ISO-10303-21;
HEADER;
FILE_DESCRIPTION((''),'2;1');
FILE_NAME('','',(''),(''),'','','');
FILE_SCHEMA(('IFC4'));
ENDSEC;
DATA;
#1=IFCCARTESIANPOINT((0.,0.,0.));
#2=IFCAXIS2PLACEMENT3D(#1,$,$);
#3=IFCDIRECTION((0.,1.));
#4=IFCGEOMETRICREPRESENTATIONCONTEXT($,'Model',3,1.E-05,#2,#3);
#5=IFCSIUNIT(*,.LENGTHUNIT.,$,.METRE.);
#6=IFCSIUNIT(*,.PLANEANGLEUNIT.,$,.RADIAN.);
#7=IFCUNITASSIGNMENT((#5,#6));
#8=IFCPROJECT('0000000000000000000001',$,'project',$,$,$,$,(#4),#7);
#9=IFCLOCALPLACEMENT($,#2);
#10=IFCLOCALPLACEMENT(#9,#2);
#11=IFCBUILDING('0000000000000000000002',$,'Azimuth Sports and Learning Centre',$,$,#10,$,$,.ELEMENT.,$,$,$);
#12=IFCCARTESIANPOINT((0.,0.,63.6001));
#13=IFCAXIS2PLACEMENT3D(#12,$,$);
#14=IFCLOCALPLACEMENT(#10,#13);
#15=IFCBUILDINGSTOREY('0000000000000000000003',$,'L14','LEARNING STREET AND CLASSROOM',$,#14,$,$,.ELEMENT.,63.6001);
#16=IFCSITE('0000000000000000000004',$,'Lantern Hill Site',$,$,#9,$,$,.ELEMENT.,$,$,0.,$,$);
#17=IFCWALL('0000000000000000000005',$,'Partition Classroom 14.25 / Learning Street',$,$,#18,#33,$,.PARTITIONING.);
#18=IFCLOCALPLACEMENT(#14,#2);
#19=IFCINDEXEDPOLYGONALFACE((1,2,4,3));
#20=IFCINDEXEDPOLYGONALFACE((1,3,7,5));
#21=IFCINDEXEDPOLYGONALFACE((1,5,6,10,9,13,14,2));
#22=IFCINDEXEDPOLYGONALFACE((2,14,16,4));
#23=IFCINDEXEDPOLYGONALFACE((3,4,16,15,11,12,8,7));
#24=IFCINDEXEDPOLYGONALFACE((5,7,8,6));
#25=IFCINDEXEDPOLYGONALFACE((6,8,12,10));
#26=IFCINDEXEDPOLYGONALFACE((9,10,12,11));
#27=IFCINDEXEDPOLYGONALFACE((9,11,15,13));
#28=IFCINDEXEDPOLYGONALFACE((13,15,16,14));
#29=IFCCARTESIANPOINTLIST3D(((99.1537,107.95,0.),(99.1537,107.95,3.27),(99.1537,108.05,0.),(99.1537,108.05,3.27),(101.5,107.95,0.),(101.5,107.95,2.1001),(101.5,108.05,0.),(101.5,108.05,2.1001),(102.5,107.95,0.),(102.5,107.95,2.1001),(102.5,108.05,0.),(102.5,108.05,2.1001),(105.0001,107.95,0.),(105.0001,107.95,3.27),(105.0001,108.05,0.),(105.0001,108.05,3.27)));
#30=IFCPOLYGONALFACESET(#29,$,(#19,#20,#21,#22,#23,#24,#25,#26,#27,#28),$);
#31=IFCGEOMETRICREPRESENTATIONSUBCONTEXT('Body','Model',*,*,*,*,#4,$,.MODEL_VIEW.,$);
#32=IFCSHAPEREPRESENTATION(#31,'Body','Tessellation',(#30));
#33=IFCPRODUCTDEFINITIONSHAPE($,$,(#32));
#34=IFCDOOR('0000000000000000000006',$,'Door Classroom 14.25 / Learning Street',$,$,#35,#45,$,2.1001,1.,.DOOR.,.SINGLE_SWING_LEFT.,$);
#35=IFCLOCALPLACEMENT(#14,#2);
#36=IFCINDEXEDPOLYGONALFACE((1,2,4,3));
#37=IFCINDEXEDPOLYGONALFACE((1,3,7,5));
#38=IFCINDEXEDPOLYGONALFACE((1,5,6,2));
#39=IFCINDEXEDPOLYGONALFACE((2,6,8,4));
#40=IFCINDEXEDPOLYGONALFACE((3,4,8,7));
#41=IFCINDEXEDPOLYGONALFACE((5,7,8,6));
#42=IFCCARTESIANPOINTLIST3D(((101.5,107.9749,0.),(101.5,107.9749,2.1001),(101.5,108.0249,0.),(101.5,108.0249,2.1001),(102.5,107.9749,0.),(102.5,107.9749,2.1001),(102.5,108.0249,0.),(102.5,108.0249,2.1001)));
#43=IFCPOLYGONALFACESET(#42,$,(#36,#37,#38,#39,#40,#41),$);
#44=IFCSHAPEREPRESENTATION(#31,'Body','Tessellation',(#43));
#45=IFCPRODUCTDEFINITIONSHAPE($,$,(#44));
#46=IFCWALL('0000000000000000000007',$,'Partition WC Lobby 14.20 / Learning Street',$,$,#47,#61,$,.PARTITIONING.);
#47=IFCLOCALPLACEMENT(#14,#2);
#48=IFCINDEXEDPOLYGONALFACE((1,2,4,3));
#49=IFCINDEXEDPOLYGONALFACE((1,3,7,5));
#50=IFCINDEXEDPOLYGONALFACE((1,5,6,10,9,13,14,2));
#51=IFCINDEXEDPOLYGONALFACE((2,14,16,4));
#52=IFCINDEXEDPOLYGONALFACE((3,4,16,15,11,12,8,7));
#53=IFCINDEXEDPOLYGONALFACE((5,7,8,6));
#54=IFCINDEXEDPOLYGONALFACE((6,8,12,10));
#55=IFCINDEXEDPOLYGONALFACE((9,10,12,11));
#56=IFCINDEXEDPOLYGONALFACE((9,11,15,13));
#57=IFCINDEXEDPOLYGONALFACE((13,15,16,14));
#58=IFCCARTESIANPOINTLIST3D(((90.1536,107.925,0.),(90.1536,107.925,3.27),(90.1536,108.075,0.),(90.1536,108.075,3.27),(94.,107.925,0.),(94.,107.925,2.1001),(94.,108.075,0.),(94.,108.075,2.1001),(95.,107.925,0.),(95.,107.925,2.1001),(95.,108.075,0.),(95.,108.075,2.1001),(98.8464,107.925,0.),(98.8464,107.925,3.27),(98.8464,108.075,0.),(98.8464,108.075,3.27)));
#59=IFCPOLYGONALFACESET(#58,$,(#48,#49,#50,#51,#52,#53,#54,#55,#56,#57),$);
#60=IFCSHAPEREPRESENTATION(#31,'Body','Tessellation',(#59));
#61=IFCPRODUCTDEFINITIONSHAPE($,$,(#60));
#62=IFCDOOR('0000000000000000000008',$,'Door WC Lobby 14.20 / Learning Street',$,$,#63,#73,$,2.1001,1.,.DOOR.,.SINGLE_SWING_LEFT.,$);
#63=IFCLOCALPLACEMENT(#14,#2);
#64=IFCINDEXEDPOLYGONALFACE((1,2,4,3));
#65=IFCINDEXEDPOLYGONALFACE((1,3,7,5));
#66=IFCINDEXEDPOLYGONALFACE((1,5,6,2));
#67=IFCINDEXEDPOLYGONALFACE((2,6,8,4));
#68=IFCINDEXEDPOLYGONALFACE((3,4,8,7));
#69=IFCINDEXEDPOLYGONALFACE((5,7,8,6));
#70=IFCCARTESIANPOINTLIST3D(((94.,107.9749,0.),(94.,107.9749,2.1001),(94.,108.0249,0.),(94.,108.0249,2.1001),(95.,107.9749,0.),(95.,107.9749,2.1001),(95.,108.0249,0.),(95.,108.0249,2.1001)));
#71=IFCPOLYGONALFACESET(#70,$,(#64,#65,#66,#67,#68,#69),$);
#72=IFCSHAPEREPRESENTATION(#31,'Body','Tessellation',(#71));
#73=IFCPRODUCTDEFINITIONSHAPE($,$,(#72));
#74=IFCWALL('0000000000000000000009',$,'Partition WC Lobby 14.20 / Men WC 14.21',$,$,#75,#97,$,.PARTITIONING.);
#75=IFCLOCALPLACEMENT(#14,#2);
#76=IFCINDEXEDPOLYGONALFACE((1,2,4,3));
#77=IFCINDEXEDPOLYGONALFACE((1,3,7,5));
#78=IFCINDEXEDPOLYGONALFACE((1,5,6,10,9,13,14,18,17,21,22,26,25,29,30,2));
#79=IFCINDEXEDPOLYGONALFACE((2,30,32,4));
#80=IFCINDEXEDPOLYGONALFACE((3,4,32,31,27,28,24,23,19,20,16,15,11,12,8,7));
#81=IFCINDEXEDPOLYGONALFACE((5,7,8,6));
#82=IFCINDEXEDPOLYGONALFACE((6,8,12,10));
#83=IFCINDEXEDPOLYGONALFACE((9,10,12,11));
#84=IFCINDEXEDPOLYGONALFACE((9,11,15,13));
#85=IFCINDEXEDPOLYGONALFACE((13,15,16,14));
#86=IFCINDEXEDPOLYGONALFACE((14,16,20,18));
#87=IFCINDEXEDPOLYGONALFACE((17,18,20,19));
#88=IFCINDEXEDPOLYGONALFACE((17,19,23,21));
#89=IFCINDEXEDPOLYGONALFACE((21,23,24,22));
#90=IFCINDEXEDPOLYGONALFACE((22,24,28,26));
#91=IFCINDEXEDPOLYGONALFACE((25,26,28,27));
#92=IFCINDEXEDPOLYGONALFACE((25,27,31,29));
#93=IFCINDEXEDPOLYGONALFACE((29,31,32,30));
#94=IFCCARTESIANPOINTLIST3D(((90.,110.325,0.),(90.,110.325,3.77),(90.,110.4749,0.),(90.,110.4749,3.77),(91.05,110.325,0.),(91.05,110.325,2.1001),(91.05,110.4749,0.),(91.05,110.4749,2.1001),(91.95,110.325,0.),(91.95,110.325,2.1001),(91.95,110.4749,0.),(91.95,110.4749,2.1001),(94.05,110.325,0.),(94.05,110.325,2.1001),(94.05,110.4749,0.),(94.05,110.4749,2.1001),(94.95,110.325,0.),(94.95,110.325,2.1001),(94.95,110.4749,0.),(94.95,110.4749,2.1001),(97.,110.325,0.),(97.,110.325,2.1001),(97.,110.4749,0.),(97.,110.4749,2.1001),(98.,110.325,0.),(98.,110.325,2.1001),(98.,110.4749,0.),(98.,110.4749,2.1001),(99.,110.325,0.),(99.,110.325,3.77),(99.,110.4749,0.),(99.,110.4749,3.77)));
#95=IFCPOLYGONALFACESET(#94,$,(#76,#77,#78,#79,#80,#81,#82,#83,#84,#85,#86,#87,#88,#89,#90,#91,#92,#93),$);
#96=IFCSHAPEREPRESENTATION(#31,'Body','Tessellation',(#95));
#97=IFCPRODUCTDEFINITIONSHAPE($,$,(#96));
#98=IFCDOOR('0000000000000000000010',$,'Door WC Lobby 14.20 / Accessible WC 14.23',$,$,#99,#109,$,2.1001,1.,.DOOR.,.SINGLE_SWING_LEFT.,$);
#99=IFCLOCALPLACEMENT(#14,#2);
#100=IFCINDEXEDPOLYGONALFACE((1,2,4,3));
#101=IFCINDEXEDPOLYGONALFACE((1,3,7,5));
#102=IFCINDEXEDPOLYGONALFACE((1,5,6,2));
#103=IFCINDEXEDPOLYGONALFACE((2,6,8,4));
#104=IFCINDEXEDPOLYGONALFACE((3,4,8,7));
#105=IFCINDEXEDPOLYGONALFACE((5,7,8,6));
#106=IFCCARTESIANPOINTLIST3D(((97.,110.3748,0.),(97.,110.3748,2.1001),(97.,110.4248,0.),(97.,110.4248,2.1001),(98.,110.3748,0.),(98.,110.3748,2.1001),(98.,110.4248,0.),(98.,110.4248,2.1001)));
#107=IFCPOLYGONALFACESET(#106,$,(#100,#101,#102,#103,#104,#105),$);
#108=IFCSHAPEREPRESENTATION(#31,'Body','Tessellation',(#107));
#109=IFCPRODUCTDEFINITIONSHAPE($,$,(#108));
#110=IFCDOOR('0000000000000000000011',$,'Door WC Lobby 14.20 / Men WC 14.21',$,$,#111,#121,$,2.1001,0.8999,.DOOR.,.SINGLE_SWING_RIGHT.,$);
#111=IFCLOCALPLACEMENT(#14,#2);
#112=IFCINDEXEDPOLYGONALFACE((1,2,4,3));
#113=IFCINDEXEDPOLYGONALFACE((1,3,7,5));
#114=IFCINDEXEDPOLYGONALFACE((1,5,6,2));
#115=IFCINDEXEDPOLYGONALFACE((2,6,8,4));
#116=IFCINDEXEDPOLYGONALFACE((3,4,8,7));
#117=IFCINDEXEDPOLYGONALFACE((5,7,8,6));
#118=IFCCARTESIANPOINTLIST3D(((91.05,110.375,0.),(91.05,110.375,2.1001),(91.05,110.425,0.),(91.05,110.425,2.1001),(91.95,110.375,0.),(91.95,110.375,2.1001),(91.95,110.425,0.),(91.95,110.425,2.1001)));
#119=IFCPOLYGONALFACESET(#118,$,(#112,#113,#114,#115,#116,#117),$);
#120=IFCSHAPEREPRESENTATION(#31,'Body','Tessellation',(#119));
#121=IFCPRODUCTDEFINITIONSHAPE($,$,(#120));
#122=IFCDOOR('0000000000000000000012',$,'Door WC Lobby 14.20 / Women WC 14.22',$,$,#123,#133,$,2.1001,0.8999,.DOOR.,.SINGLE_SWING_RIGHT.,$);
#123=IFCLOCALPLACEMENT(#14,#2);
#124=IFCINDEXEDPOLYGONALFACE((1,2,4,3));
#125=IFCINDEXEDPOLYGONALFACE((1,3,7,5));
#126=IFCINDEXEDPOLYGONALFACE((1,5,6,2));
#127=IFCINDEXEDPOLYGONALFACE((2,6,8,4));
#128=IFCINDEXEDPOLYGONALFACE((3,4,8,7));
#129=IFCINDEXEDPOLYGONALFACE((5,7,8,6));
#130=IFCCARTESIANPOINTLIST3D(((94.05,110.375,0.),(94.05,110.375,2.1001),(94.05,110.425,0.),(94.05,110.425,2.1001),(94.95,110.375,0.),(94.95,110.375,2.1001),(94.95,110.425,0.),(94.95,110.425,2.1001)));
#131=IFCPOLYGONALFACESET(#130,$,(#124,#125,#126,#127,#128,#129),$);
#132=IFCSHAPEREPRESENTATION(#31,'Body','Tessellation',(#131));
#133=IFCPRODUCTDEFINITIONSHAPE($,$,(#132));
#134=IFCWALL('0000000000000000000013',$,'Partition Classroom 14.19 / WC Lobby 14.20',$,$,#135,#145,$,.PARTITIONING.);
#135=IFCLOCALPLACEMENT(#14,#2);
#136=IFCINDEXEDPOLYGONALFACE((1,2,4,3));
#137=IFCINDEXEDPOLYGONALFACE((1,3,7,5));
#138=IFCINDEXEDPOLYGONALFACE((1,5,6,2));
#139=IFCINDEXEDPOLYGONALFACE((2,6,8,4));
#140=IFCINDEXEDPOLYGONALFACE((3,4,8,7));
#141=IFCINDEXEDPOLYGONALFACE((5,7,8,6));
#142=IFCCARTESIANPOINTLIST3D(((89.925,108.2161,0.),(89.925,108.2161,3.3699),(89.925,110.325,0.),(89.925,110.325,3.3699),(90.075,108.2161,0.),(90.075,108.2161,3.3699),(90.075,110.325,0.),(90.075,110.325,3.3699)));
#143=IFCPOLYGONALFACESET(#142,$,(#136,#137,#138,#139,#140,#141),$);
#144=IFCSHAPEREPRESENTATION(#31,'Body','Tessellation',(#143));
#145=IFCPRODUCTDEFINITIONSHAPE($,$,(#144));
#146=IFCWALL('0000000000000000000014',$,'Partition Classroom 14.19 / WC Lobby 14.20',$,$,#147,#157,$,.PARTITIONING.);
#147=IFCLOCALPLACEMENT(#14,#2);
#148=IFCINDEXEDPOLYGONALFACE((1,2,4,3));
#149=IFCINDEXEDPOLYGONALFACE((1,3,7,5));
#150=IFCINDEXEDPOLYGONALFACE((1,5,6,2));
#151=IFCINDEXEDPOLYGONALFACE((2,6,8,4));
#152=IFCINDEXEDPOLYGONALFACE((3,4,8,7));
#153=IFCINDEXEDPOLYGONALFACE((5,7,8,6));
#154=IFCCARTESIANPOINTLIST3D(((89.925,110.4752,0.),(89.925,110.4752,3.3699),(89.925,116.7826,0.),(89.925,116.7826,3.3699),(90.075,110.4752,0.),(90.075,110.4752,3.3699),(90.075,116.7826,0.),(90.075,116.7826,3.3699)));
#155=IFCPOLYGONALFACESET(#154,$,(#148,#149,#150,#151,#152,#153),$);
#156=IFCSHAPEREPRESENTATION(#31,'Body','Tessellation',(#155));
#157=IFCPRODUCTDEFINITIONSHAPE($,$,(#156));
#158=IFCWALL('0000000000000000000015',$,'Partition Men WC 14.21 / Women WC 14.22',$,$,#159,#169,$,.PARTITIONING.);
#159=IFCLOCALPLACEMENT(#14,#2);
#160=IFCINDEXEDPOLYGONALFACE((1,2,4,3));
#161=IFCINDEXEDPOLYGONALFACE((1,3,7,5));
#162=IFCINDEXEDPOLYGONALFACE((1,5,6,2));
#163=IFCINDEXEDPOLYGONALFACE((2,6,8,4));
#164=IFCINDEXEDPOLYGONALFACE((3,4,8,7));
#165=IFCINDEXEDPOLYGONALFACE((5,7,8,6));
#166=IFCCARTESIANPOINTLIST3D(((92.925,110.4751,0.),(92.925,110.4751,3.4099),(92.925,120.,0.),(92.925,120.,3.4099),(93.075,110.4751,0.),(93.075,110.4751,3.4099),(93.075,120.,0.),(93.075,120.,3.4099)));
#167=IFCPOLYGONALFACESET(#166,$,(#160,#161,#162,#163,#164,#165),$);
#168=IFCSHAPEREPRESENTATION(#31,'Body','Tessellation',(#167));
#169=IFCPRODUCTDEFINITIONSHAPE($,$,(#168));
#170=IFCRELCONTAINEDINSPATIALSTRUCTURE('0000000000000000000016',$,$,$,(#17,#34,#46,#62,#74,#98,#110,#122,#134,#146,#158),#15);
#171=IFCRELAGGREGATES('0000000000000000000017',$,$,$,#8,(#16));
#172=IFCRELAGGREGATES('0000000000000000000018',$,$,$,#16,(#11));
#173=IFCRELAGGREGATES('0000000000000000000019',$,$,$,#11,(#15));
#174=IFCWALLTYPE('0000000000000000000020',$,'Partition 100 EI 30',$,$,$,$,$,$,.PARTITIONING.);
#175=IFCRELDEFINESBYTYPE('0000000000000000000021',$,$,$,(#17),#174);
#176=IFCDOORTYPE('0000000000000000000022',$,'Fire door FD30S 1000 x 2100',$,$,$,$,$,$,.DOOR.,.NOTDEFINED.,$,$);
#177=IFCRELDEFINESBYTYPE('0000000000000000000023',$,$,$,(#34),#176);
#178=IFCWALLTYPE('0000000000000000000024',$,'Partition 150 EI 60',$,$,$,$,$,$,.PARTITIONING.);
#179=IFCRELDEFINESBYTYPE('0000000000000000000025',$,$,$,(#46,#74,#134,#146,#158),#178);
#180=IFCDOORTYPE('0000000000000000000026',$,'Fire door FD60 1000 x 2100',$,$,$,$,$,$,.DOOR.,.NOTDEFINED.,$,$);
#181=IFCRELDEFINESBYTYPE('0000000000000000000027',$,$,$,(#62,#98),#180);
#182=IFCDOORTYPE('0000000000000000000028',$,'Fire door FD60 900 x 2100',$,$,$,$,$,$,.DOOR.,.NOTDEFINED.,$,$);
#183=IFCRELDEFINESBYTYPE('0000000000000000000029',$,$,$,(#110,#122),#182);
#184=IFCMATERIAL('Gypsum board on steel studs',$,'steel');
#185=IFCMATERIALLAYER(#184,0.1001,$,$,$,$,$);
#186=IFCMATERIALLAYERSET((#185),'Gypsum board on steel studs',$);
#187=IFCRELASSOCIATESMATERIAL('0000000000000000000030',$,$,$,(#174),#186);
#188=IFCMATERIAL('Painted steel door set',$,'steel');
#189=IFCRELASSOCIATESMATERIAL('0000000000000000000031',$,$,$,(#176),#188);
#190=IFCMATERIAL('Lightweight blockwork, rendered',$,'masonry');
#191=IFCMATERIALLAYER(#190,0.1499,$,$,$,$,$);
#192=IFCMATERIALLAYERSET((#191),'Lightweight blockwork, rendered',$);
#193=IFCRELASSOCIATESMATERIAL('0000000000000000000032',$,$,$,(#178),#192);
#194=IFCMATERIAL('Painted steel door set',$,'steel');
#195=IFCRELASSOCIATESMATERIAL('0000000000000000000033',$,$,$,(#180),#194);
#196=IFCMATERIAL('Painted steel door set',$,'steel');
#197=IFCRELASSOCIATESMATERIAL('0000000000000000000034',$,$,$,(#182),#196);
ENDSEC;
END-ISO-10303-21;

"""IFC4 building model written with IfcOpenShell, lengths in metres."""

from ifc_helpers import new_model, si_unit, direction, frame, frame_2d, origin, place, context, subcontext, project, spatial, rectangle, extrude, material, layer, layer_set, type_object, element, fill, save


model = new_model("IFC4")

# Units and contexts
model_context = context("Model", 3, precision=1e-05, world=origin(), true_north=direction((0.0, 1.0)))
body_context = subcontext(model_context, "Body", "Model", "MODEL_VIEW")
ifc_project = project(units=[si_unit("LENGTHUNIT", "METRE"), si_unit("PLANEANGLEUNIT", "RADIAN")], contexts=[model_context])

# Site, building, storey
site_placement = place(None, origin())
site = spatial("IfcSite", under=ifc_project, at=site_placement, Name="Lantern Hill Site", CompositionType="ELEMENT", RefElevation=0.0)
building_placement = place(site_placement, origin())
building = spatial("IfcBuilding", under=site, at=building_placement, Name="Azimuth Sports and Learning Centre", CompositionType="ELEMENT")
storey_placement = place(building_placement, frame((0.0, 0.0, 63.6001)))
storey = spatial("IfcBuildingStorey", under=building, at=storey_placement, Name="L14", Description="LEARNING STREET AND CLASSROOM", CompositionType="ELEMENT", Elevation=63.6001)

# Walls, openings, doors
ifc_material_1 = material(Name="Gypsum board on steel studs", Category="steel")
ifc_layer_1 = layer(ifc_material_1, 0.1001)
ifc_layer_set_1 = layer_set([ifc_layer_1], Name="Gypsum board on steel studs")
wall_type_1 = type_object("IfcWallType", Name="Partition 100 EI 30", PredefinedType="PARTITIONING", material=ifc_layer_set_1)
wall_1_placement = place(storey_placement, frame((99.1536, 108.0, 0.0), z_axis=(0.0, 0.0, 1.0), x_axis=(1.0, 0.0, 0.0)))
wall_1 = element("IfcWall", 1, at=wall_1_placement, inside=storey, type_object=wall_type_1, Name="Partition Classroom 14.25 / Learning Street", PredefinedType="PARTITIONING", context=body_context, shape_type="SweptSolid", body=[
    extrude(rectangle(XDim=5.8464, YDim=0.1001, at=frame_2d((2.9233, 0.0))), origin(), (0.0, 0.0, 1.0), 3.27),
])
opening_1_placement = place(wall_1_placement, frame((2.3464, 0.0, 0.0)))
opening_1 = element("IfcOpeningElement", 2, at=opening_1_placement, cuts=wall_1, PredefinedType="OPENING", context=body_context, shape_type="SweptSolid", body=[
    extrude(rectangle(XDim=1.0, YDim=2.1001, at=frame_2d((0.5, 1.05))), frame((0.0, 0.061, 0.0), z_axis=(0.0, -1.0, 0.0), x_axis=(1.0, 0.0, 0.0)), (0.0, 0.0, 1.0), 0.1221),
])
ifc_material_2 = material(Name="Painted steel door set", Category="steel")
door_type_1 = type_object("IfcDoorType", Name="Fire door FD30S 1000 x 2100", OperationType="NOTDEFINED", PredefinedType="DOOR", material=ifc_material_2)
door_1_placement = place(opening_1_placement, origin())
door_1 = element("IfcDoor", 3, at=door_1_placement, inside=storey, type_object=door_type_1, Name="Door Classroom 14.25 / Learning Street", OperationType="SINGLE_SWING_LEFT", OverallHeight=2.1001, OverallWidth=1.0, PredefinedType="DOOR", context=body_context, shape_type="SweptSolid", body=[
    extrude(rectangle(XDim=1.0, YDim=2.1001, at=frame_2d((0.5, 1.05))), frame((0.0, 0.0249, 0.0), z_axis=(0.0, -1.0, 0.0), x_axis=(1.0, 0.0, 0.0)), (0.0, 0.0, 1.0), 0.05),
])
fill(opening_1, door_1)
ifc_material_3 = material(Name="Lightweight blockwork, rendered", Category="masonry")
ifc_layer_2 = layer(ifc_material_3, 0.1499)
ifc_layer_set_2 = layer_set([ifc_layer_2], Name="Lightweight blockwork, rendered")
wall_type_2 = type_object("IfcWallType", Name="Partition 150 EI 60", PredefinedType="PARTITIONING", material=ifc_layer_set_2)
wall_2_placement = place(storey_placement, frame((90.1536, 108.0, 0.0), z_axis=(0.0, 0.0, 1.0), x_axis=(1.0, 0.0, 0.0)))
wall_2 = element("IfcWall", 4, at=wall_2_placement, inside=storey, type_object=wall_type_2, Name="Partition WC Lobby 14.20 / Learning Street", PredefinedType="PARTITIONING", context=body_context, shape_type="SweptSolid", body=[
    extrude(rectangle(XDim=8.6929, YDim=0.1499, at=frame_2d((4.3464, 0.0))), origin(), (0.0, 0.0, 1.0), 3.27),
])
opening_2_placement = place(wall_2_placement, frame((3.8464, 0.0, 0.0)))
opening_2 = element("IfcOpeningElement", 5, at=opening_2_placement, cuts=wall_2, PredefinedType="OPENING", context=body_context, shape_type="SweptSolid", body=[
    extrude(rectangle(XDim=1.0, YDim=2.1001, at=frame_2d((0.5, 1.05))), frame((0.0, 0.0859, 0.0), z_axis=(0.0, -1.0, 0.0), x_axis=(1.0, 0.0, 0.0)), (0.0, 0.0, 1.0), 0.1719),
])
ifc_material_4 = material(Name="Painted steel door set", Category="steel")
door_type_2 = type_object("IfcDoorType", Name="Fire door FD60 1000 x 2100", OperationType="NOTDEFINED", PredefinedType="DOOR", material=ifc_material_4)
door_2_placement = place(opening_2_placement, origin())
door_2 = element("IfcDoor", 6, at=door_2_placement, inside=storey, type_object=door_type_2, Name="Door WC Lobby 14.20 / Learning Street", OperationType="SINGLE_SWING_LEFT", OverallHeight=2.1001, OverallWidth=1.0, PredefinedType="DOOR", context=body_context, shape_type="SweptSolid", body=[
    extrude(rectangle(XDim=1.0, YDim=2.1001, at=frame_2d((0.5, 1.05))), frame((0.0, 0.0249, 0.0), z_axis=(0.0, -1.0, 0.0), x_axis=(1.0, 0.0, 0.0)), (0.0, 0.0, 1.0), 0.05),
])
fill(opening_2, door_2)

# Wall, openings, doors
wall_3_placement = place(storey_placement, frame((90.0, 110.3999, 0.0), z_axis=(0.0, 0.0, 1.0), x_axis=(1.0, 0.0, 0.0)))
wall_3 = element("IfcWall", 7, at=wall_3_placement, inside=storey, type_object=wall_type_2, Name="Partition WC Lobby 14.20 / Men WC 14.21", PredefinedType="PARTITIONING", context=body_context, shape_type="SweptSolid", body=[
    extrude(rectangle(XDim=9.0, YDim=0.1499, at=frame_2d((4.5, 0.0))), origin(), (0.0, 0.0, 1.0), 3.77),
])
opening_3_placement = place(wall_3_placement, frame((1.05, 0.0, 0.0)))
opening_3 = element("IfcOpeningElement", 8, at=opening_3_placement, cuts=wall_3, PredefinedType="OPENING", context=body_context, shape_type="SweptSolid", body=[
    extrude(rectangle(XDim=0.8999, YDim=2.1001, at=frame_2d((0.45, 1.05))), frame((0.0, 0.0859, 0.0), z_axis=(0.0, -1.0, 0.0), x_axis=(1.0, 0.0, 0.0)), (0.0, 0.0, 1.0), 0.1719),
])
opening_4_placement = place(wall_3_placement, frame((4.05, 0.0, 0.0)))
opening_4 = element("IfcOpeningElement", 9, at=opening_4_placement, cuts=wall_3, PredefinedType="OPENING", context=body_context, shape_type="SweptSolid", body=[
    extrude(rectangle(XDim=0.8999, YDim=2.1001, at=frame_2d((0.45, 1.05))), frame((0.0, 0.0859, 0.0), z_axis=(0.0, -1.0, 0.0), x_axis=(1.0, 0.0, 0.0)), (0.0, 0.0, 1.0), 0.1719),
])
opening_5_placement = place(wall_3_placement, frame((7.0, 0.0, 0.0)))
opening_5 = element("IfcOpeningElement", 10, at=opening_5_placement, cuts=wall_3, PredefinedType="OPENING", context=body_context, shape_type="SweptSolid", body=[
    extrude(rectangle(XDim=1.0, YDim=2.1001, at=frame_2d((0.5, 1.05))), frame((0.0, 0.0859, 0.0), z_axis=(0.0, -1.0, 0.0), x_axis=(1.0, 0.0, 0.0)), (0.0, 0.0, 1.0), 0.1719),
])
door_3_placement = place(opening_5_placement, origin())
door_3 = element("IfcDoor", 11, at=door_3_placement, inside=storey, type_object=door_type_2, Name="Door WC Lobby 14.20 / Accessible WC 14.23", OperationType="SINGLE_SWING_LEFT", OverallHeight=2.1001, OverallWidth=1.0, PredefinedType="DOOR", context=body_context, shape_type="SweptSolid", body=[
    extrude(rectangle(XDim=1.0, YDim=2.1001, at=frame_2d((0.5, 1.05))), frame((0.0, 0.0249, 0.0), z_axis=(0.0, -1.0, 0.0), x_axis=(1.0, 0.0, 0.0)), (0.0, 0.0, 1.0), 0.05),
])
fill(opening_5, door_3)
ifc_material_5 = material(Name="Painted steel door set", Category="steel")
door_type_3 = type_object("IfcDoorType", Name="Fire door FD60 900 x 2100", OperationType="NOTDEFINED", PredefinedType="DOOR", material=ifc_material_5)
door_4_placement = place(opening_3_placement, frame((0.8999, 0.0, 0.0), z_axis=(0.0, 0.0, 1.0), x_axis=(-1.0, 0.0, 0.0)))
door_4 = element("IfcDoor", 12, at=door_4_placement, inside=storey, type_object=door_type_3, Name="Door WC Lobby 14.20 / Men WC 14.21", OperationType="SINGLE_SWING_RIGHT", OverallHeight=2.1001, OverallWidth=0.8999, PredefinedType="DOOR", context=body_context, shape_type="SweptSolid", body=[
    extrude(rectangle(XDim=0.8999, YDim=2.1001, at=frame_2d((0.45, 1.05))), frame((0.0, 0.0249, 0.0), z_axis=(0.0, -1.0, 0.0), x_axis=(1.0, 0.0, 0.0)), (0.0, 0.0, 1.0), 0.05),
])
fill(opening_3, door_4)
door_5_placement = place(opening_4_placement, frame((0.8999, 0.0, 0.0), z_axis=(0.0, 0.0, 1.0), x_axis=(-1.0, 0.0, 0.0)))
door_5 = element("IfcDoor", 13, at=door_5_placement, inside=storey, type_object=door_type_3, Name="Door WC Lobby 14.20 / Women WC 14.22", OperationType="SINGLE_SWING_RIGHT", OverallHeight=2.1001, OverallWidth=0.8999, PredefinedType="DOOR", context=body_context, shape_type="SweptSolid", body=[
    extrude(rectangle(XDim=0.8999, YDim=2.1001, at=frame_2d((0.45, 1.05))), frame((0.0, 0.0249, 0.0), z_axis=(0.0, -1.0, 0.0), x_axis=(1.0, 0.0, 0.0)), (0.0, 0.0, 1.0), 0.05),
])
fill(opening_4, door_5)

# Walls
wall_4_placement = place(storey_placement, frame((90.0, 108.2161, 0.0), z_axis=(0.0, 0.0, 1.0), x_axis=(0.0, 1.0, 0.0)))
element("IfcWall", 14, at=wall_4_placement, inside=storey, type_object=wall_type_2, Name="Partition Classroom 14.19 / WC Lobby 14.20", PredefinedType="PARTITIONING", context=body_context, shape_type="SweptSolid", body=[
    extrude(rectangle(XDim=2.1089, YDim=0.1499, at=frame_2d((1.0544, 0.0))), origin(), (0.0, 0.0, 1.0), 3.3699),
])
wall_5_placement = place(storey_placement, frame((90.0, 110.4751, 0.0), z_axis=(0.0, 0.0, 1.0), x_axis=(0.0, 1.0, 0.0)))
element("IfcWall", 15, at=wall_5_placement, inside=storey, type_object=wall_type_2, Name="Partition Classroom 14.19 / WC Lobby 14.20", PredefinedType="PARTITIONING", context=body_context, shape_type="SweptSolid", body=[
    extrude(rectangle(XDim=6.3074, YDim=0.1499, at=frame_2d((3.1538, 0.0))), origin(), (0.0, 0.0, 1.0), 3.3699),
])
wall_6_placement = place(storey_placement, frame((93.0, 110.4751, 0.0), z_axis=(0.0, 0.0, 1.0), x_axis=(0.0, 1.0, 0.0)))
element("IfcWall", 16, at=wall_6_placement, inside=storey, type_object=wall_type_2, Name="Partition Men WC 14.21 / Women WC 14.22", PredefinedType="PARTITIONING", context=body_context, shape_type="SweptSolid", body=[
    extrude(rectangle(XDim=9.5249, YDim=0.1499, at=frame_2d((4.7625, 0.0))), origin(), (0.0, 0.0, 1.0), 3.4099),
])

save(model, "model.ifc")
